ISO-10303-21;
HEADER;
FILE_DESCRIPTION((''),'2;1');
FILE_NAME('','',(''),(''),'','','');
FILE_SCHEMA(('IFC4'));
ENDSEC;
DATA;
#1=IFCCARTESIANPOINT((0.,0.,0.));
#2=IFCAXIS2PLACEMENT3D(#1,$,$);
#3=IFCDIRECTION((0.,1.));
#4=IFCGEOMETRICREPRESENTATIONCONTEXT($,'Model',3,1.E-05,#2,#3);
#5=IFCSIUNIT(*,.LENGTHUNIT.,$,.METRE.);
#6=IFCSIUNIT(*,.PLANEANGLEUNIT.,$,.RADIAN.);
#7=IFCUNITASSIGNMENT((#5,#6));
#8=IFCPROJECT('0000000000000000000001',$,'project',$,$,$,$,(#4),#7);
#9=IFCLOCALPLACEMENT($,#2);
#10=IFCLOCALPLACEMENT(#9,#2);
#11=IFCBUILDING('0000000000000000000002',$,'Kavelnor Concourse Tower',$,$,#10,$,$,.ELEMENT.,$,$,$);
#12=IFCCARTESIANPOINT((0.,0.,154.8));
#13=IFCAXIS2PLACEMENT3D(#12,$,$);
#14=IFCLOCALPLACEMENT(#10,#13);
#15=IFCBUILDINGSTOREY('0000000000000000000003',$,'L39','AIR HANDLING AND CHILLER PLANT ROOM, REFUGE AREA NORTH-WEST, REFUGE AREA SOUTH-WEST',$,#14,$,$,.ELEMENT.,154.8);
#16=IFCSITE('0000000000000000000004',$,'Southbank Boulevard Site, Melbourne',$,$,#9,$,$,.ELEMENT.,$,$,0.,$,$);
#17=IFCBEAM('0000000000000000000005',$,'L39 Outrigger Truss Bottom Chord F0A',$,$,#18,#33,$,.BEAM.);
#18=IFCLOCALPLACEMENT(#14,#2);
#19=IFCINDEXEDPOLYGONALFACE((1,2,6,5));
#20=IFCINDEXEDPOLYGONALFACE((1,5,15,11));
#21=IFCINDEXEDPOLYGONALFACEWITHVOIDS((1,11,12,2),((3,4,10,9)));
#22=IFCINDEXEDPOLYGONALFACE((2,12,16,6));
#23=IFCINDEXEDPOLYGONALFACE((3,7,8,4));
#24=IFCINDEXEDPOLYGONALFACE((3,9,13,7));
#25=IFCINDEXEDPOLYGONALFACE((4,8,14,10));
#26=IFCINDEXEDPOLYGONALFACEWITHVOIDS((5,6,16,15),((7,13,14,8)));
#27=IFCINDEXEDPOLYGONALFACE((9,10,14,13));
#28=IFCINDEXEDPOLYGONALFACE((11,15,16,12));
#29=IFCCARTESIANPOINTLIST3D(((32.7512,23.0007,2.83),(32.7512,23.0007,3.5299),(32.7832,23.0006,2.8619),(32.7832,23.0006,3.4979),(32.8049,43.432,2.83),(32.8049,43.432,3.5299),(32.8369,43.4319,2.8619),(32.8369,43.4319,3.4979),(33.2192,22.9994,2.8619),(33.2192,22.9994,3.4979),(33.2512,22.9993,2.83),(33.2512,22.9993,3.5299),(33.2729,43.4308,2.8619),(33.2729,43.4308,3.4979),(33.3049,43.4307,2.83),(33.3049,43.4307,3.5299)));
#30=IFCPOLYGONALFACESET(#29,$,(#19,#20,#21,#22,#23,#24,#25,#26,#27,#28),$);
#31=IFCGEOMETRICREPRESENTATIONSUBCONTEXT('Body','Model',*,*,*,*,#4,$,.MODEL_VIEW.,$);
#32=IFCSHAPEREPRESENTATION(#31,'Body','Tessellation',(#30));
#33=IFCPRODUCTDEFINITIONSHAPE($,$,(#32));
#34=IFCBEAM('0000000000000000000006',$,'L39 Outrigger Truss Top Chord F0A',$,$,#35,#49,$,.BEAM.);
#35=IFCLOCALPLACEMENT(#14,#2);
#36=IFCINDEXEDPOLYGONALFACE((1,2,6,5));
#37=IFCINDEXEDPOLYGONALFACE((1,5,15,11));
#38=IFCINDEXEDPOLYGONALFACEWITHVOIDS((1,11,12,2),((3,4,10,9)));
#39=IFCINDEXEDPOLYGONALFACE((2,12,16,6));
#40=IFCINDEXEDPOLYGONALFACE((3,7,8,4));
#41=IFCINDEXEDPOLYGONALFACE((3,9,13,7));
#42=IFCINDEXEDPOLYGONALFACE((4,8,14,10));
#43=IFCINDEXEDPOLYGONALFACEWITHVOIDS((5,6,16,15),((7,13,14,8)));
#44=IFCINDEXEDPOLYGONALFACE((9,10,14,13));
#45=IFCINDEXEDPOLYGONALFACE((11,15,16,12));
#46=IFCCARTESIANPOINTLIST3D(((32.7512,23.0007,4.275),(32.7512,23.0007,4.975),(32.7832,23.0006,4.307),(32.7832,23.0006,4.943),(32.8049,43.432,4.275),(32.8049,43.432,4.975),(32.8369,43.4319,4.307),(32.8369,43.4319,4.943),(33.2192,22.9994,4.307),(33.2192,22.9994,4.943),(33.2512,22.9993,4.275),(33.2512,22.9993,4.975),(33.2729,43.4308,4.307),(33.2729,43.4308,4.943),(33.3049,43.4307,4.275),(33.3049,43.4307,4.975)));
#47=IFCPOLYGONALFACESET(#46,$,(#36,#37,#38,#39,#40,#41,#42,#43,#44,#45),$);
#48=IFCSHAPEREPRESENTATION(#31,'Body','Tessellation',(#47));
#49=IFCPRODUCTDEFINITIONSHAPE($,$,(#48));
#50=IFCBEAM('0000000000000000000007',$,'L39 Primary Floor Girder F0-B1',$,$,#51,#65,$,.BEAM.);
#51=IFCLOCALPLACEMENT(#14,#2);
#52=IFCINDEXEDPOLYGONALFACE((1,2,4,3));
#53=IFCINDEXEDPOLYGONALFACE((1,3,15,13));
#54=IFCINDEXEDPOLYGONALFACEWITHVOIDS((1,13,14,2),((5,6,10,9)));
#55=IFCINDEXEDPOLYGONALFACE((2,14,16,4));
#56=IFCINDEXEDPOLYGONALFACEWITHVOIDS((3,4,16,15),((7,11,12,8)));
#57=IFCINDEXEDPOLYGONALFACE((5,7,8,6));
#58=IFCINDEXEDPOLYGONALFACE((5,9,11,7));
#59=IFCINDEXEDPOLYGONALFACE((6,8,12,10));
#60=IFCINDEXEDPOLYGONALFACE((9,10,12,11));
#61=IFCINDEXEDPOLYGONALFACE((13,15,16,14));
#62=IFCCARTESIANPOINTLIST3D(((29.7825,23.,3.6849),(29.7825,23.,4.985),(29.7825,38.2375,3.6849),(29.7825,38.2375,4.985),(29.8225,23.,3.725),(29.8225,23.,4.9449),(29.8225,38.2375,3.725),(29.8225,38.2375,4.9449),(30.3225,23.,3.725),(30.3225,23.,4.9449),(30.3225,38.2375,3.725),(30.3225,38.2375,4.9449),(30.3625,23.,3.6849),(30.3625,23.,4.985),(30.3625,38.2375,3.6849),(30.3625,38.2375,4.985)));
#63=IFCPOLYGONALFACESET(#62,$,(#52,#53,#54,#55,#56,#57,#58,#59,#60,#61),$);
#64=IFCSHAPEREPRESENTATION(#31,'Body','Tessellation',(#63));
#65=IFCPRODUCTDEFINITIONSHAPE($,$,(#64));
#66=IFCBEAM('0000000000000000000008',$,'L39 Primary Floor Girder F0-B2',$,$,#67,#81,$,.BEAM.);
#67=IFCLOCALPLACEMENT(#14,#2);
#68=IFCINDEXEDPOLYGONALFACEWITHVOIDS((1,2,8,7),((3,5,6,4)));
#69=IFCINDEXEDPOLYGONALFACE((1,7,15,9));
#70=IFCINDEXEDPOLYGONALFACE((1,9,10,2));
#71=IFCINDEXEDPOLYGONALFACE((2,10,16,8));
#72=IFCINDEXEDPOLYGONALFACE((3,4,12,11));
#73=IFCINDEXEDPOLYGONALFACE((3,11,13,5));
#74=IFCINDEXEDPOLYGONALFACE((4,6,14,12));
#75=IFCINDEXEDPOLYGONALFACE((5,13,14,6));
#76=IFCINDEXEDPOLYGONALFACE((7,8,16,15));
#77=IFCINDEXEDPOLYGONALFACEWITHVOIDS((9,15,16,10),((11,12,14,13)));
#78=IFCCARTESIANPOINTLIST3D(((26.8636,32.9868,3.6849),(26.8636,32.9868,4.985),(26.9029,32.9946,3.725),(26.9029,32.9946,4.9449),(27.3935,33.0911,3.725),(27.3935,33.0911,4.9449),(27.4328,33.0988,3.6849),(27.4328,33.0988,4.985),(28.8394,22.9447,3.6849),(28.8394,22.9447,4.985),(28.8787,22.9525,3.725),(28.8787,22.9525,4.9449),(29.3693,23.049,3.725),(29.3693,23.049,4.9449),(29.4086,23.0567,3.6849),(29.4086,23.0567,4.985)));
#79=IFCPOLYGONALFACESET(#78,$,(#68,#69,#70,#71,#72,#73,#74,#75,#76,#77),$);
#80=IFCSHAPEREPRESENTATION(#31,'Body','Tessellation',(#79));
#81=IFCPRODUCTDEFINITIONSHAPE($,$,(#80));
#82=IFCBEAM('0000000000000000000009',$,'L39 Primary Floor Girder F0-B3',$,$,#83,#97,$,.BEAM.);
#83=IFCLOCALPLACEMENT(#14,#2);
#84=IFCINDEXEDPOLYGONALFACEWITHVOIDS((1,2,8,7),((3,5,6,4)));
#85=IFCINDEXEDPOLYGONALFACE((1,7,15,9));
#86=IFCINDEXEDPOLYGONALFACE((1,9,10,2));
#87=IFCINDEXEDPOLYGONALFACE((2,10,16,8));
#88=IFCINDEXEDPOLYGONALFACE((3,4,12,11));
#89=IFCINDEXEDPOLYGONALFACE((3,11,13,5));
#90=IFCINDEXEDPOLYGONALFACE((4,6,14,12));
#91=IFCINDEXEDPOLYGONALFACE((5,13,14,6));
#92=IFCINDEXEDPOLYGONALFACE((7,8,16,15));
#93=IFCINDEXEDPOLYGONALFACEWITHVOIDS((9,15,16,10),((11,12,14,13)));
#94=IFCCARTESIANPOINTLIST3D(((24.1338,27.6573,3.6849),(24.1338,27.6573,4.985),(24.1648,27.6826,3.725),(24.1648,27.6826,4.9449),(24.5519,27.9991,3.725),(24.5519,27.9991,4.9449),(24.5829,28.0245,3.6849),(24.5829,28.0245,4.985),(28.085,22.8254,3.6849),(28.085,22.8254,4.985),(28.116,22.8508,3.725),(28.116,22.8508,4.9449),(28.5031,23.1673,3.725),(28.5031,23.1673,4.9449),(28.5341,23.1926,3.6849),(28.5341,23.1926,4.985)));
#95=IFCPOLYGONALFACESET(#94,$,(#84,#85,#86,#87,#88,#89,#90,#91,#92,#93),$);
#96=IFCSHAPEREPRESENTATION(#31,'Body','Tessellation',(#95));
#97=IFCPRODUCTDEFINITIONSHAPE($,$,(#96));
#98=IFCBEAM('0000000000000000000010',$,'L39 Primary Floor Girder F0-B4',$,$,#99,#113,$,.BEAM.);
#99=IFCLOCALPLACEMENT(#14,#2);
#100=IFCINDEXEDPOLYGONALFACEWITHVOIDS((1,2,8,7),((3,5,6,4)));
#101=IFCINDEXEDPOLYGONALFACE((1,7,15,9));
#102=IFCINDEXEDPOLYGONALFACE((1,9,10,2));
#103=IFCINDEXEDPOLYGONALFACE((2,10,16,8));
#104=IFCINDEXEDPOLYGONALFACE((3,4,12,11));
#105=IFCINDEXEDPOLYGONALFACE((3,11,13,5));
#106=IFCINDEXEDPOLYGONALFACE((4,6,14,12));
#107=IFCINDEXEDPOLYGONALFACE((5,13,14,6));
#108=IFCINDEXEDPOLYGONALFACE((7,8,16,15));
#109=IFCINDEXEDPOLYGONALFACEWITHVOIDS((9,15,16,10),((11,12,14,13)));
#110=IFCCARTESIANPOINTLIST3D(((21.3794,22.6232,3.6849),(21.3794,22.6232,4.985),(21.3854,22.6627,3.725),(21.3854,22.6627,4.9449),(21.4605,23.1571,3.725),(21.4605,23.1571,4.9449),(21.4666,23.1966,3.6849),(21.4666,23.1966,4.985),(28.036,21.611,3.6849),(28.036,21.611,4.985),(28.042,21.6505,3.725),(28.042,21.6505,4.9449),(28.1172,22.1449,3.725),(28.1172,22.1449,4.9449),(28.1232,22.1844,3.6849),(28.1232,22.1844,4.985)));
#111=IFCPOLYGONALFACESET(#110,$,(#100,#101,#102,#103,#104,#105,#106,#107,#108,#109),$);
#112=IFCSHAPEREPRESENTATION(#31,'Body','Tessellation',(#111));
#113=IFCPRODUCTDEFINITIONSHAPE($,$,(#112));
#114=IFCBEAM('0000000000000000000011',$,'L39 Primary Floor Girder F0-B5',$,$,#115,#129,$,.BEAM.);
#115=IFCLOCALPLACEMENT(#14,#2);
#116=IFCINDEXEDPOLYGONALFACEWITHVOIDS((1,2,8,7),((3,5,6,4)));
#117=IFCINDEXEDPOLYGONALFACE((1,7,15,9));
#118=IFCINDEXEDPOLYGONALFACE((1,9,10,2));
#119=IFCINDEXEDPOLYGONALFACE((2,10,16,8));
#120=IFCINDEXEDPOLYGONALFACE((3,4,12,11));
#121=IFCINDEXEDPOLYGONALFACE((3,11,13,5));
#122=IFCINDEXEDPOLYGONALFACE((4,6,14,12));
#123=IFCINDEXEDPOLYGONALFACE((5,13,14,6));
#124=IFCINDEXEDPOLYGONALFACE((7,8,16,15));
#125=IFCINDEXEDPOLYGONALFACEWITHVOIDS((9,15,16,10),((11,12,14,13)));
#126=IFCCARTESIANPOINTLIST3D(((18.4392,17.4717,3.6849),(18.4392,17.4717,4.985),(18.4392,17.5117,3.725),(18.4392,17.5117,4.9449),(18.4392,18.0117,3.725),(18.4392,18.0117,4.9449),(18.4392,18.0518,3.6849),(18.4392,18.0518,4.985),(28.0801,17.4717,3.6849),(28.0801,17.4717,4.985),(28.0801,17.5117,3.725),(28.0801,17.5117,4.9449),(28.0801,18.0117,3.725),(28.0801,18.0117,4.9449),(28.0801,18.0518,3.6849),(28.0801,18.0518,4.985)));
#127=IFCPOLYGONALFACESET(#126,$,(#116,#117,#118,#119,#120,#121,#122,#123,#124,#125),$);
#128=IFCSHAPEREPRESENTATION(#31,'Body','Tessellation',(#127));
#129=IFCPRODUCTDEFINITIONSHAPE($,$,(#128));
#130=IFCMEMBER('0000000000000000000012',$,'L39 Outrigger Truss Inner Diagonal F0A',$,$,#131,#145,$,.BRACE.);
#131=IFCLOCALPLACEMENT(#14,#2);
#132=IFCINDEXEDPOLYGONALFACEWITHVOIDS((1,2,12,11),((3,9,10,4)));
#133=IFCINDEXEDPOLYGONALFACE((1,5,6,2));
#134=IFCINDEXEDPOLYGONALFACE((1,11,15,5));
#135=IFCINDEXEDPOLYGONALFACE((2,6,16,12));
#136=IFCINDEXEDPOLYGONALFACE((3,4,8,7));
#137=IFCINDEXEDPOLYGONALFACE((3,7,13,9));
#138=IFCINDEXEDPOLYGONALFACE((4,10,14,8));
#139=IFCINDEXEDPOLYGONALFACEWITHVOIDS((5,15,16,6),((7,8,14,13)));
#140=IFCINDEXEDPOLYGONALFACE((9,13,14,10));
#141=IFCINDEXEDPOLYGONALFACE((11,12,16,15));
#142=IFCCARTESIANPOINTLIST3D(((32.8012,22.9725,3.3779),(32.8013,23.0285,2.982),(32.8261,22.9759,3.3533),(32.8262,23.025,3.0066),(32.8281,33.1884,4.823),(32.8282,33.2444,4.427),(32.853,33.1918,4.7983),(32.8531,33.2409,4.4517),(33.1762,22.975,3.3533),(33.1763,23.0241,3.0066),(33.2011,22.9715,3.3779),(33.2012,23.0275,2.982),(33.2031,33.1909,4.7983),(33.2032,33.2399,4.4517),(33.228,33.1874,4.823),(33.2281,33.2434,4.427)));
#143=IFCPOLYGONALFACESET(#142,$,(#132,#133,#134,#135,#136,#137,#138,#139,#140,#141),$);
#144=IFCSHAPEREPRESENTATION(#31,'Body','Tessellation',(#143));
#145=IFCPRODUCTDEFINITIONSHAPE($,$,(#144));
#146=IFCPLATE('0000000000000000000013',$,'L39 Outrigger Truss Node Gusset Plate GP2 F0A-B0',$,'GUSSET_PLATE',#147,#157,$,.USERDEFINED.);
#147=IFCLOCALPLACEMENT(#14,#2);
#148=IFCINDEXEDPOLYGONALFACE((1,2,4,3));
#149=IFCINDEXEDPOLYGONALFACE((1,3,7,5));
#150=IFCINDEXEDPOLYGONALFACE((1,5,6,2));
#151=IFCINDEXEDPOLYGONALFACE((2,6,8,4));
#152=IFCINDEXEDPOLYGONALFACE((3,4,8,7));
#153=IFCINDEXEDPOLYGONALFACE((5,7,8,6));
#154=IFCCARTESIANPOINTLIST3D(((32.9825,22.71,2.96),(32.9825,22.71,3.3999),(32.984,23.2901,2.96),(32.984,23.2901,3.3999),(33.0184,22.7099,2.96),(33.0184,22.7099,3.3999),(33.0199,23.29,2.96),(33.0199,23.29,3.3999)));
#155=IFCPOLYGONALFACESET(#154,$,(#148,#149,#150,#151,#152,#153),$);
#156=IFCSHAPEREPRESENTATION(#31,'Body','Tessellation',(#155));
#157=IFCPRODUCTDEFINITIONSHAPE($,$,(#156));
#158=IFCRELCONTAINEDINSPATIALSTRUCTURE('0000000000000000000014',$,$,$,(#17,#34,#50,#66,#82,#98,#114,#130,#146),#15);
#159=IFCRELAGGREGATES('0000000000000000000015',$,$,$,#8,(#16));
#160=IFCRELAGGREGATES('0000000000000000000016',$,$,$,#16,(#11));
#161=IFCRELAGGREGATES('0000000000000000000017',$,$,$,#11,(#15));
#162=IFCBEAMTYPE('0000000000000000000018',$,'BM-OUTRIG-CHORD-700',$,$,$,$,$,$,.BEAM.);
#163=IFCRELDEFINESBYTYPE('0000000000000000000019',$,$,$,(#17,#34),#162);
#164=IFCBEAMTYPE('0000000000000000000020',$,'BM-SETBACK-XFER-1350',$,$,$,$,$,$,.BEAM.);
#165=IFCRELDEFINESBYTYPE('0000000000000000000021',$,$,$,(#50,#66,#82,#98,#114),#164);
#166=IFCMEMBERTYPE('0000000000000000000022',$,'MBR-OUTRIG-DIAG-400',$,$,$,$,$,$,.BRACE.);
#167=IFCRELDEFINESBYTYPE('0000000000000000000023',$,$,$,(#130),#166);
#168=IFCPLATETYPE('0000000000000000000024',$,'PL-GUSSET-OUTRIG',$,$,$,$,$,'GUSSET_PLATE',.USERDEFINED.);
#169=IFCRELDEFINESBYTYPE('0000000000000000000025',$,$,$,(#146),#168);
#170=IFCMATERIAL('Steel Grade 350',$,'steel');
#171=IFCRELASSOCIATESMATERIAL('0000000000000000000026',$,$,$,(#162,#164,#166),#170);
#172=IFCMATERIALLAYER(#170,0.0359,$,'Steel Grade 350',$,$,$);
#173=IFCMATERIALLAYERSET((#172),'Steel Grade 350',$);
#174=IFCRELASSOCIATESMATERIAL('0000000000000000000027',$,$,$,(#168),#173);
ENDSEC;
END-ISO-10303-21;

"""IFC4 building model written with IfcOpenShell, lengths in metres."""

from ifc_helpers import new_model, si_unit, direction, frame, origin, origin_2d, place, context, subcontext, project, spatial, rectangle, hollow_rectangle, extrude, material, layer, layer_set, material_profile, profile_set, type_object, element, save


model = new_model("IFC4")

# Units and contexts
model_context = context("Model", 3, precision=1e-05, world=origin(), true_north=direction((0.0, 1.0)))
body_context = subcontext(model_context, "Body", "Model", "MODEL_VIEW")
ifc_project = project(units=[si_unit("LENGTHUNIT", "METRE"), si_unit("PLANEANGLEUNIT", "RADIAN")], contexts=[model_context])

# Site, building, storey
site_placement = place(None, origin())
site = spatial("IfcSite", under=ifc_project, at=site_placement, Name="Southbank Boulevard Site, Melbourne", CompositionType="ELEMENT", RefElevation=0.0)
building_placement = place(site_placement, origin())
building = spatial("IfcBuilding", under=site, at=building_placement, Name="Kavelnor Concourse Tower", CompositionType="ELEMENT")
storey_placement = place(building_placement, frame((0.0, 0.0, 154.8)))
storey = spatial("IfcBuildingStorey", under=building, at=storey_placement, Name="L39", Description="AIR HANDLING AND CHILLER PLANT ROOM, REFUGE AREA NORTH-WEST, REFUGE AREA SOUTH-WEST", CompositionType="ELEMENT", Elevation=154.8)

# Beams
ifc_material_1 = material(Name="Steel Grade 350", Category="steel")
ifc_material_profile_1 = material_profile(ifc_material_1, hollow_rectangle(XDim=0.5, YDim=0.7, WallThickness=0.032, at=origin_2d()), Name="RHS 700x500x32")
ifc_profile_set_1 = profile_set([ifc_material_profile_1], Name="Steel Grade 350")
beam_type_1 = type_object("IfcBeamType", Name="BM-OUTRIG-CHORD-700", PredefinedType="BEAM", material=ifc_profile_set_1)
for number, where, z_axis, x_axis, name in (
    (1, (33.0012, 23.0, 3.1799), (0.002629, 0.999997, 0.0), (-0.999997, 0.002629, 0.0), "L39 Outrigger Truss Bottom Chord F0A"),
    (2, (33.0012, 23.0, 4.625), (0.002629, 0.999997, 0.0), (-0.999997, 0.002629, 0.0), "L39 Outrigger Truss Top Chord F0A"),
):
    element("IfcBeam", number, at=place(storey_placement, frame(where, z_axis=z_axis, x_axis=x_axis)), inside=storey, type_object=beam_type_1, Name=name, PredefinedType="BEAM", context=body_context, shape_type="SweptSolid", body=[
        extrude(hollow_rectangle(XDim=0.5, YDim=0.7, WallThickness=0.032, at=origin_2d()), origin(), (0.0, 0.0, 1.0), 20.4314),
    ])
ifc_material_profile_2 = material_profile(ifc_material_1, hollow_rectangle(XDim=0.5801, YDim=1.3, WallThickness=0.04, at=origin_2d()), Name="RHS 1300x580x40")
ifc_profile_set_2 = profile_set([ifc_material_profile_2], Name="Steel Grade 350")
beam_type_2 = type_object("IfcBeamType", Name="BM-SETBACK-XFER-1350", PredefinedType="BEAM", material=ifc_profile_set_2)
beam_1_placement = place(storey_placement, frame((30.0725, 23.0, 4.335), z_axis=(0.0, 1.0, 0.0), x_axis=(-1.0, 0.0, 0.0)))
element("IfcBeam", 3, at=beam_1_placement, inside=storey, type_object=beam_type_2, Name="L39 Primary Floor Girder F0-B1", PredefinedType="BEAM", context=body_context, shape_type="SweptSolid", body=[
    extrude(hollow_rectangle(XDim=0.5801, YDim=1.3, WallThickness=0.04, at=origin_2d()), origin(), (0.0, 0.0, 1.0), 15.2375),
])
beam_2_placement = place(storey_placement, frame((29.124, 23.0007, 4.335), z_axis=(-0.193055, 0.981188, 0.0), x_axis=(-0.981188, -0.193055, 0.0)))
element("IfcBeam", 4, at=beam_2_placement, inside=storey, type_object=beam_type_2, Name="L39 Primary Floor Girder F0-B2", PredefinedType="BEAM", context=body_context, shape_type="SweptSolid", body=[
    extrude(hollow_rectangle(XDim=0.5801, YDim=1.3, WallThickness=0.04, at=origin_2d()), origin(), (0.0, 0.0, 1.0), 10.2346),
])
beam_3_placement = place(storey_placement, frame((28.3096, 23.009, 4.335), z_axis=(-0.633035, 0.774123, 0.0), x_axis=(-0.774123, -0.633035, 0.0)))
element("IfcBeam", 5, at=beam_3_placement, inside=storey, type_object=beam_type_2, Name="L39 Primary Floor Girder F0-B3", PredefinedType="BEAM", context=body_context, shape_type="SweptSolid", body=[
    extrude(hollow_rectangle(XDim=0.5801, YDim=1.3, WallThickness=0.04, at=origin_2d()), origin(), (0.0, 0.0, 1.0), 6.2417),
])
beam_4_placement = place(storey_placement, frame((28.0796, 21.8977, 4.335), z_axis=(-0.988636, 0.15033, 0.0), x_axis=(-0.15033, -0.988636, 0.0)))
element("IfcBeam", 6, at=beam_4_placement, inside=storey, type_object=beam_type_2, Name="L39 Primary Floor Girder F0-B4", PredefinedType="BEAM", context=body_context, shape_type="SweptSolid", body=[
    extrude(hollow_rectangle(XDim=0.5801, YDim=1.3, WallThickness=0.04, at=origin_2d()), origin(), (0.0, 0.0, 1.0), 6.7332),
])
beam_5_placement = place(storey_placement, frame((28.0801, 17.7617, 4.335), z_axis=(-1.0, 0.0, 0.0), x_axis=(0.0, -1.0, 0.0)))
element("IfcBeam", 7, at=beam_5_placement, inside=storey, type_object=beam_type_2, Name="L39 Primary Floor Girder F0-B5", PredefinedType="BEAM", context=body_context, shape_type="SweptSolid", body=[
    extrude(hollow_rectangle(XDim=0.5801, YDim=1.3, WallThickness=0.04, at=origin_2d()), origin(), (0.0, 0.0, 1.0), 9.6409),
])

# Member
ifc_material_profile_3 = material_profile(ifc_material_1, hollow_rectangle(XDim=0.3999, YDim=0.3999, WallThickness=0.0249, at=origin_2d()), Name="SHS 400x400x25")
ifc_profile_set_3 = profile_set([ifc_material_profile_3], Name="Steel Grade 350")
member_type = type_object("IfcMemberType", Name="MBR-OUTRIG-DIAG-400", PredefinedType="BRACE", material=ifc_profile_set_3)
member_placement = place(storey_placement, frame((33.0012, 23.0, 3.1799), z_axis=(0.002603, 0.99014, 0.140059), x_axis=(-0.999997, 0.002629, 0.0)))
element("IfcMember", 8, at=member_placement, inside=storey, type_object=member_type, Name="L39 Outrigger Truss Inner Diagonal F0A", PredefinedType="BRACE", context=body_context, shape_type="SweptSolid", body=[
    extrude(hollow_rectangle(XDim=0.3999, YDim=0.3999, WallThickness=0.0249, at=origin_2d()), origin(), (0.0, 0.0, 1.0), 10.3176),
])

# Plate
ifc_layer_1 = layer(ifc_material_1, 0.0359, Name="Steel Grade 350")
ifc_layer_set_1 = layer_set([ifc_layer_1], Name="Steel Grade 350")
plate_type = type_object("IfcPlateType", Name="PL-GUSSET-OUTRIG", ElementType="GUSSET_PLATE", PredefinedType="USERDEFINED", material=ifc_layer_set_1)
plate_placement = place(storey_placement, frame((33.0012, 23.0, 2.96), z_axis=(0.0, 0.0, 1.0), x_axis=(0.002618, 0.999997, 0.0)))
element("IfcPlate", 9, at=plate_placement, inside=storey, type_object=plate_type, Name="L39 Outrigger Truss Node Gusset Plate GP2 F0A-B0", ObjectType="GUSSET_PLATE", PredefinedType="USERDEFINED", context=body_context, shape_type="SweptSolid", body=[
    extrude(rectangle(XDim=0.5801, YDim=0.0359, at=origin_2d()), origin(), (0.0, 0.0, 1.0), 0.4399),
])

save(model, "model.ifc")
